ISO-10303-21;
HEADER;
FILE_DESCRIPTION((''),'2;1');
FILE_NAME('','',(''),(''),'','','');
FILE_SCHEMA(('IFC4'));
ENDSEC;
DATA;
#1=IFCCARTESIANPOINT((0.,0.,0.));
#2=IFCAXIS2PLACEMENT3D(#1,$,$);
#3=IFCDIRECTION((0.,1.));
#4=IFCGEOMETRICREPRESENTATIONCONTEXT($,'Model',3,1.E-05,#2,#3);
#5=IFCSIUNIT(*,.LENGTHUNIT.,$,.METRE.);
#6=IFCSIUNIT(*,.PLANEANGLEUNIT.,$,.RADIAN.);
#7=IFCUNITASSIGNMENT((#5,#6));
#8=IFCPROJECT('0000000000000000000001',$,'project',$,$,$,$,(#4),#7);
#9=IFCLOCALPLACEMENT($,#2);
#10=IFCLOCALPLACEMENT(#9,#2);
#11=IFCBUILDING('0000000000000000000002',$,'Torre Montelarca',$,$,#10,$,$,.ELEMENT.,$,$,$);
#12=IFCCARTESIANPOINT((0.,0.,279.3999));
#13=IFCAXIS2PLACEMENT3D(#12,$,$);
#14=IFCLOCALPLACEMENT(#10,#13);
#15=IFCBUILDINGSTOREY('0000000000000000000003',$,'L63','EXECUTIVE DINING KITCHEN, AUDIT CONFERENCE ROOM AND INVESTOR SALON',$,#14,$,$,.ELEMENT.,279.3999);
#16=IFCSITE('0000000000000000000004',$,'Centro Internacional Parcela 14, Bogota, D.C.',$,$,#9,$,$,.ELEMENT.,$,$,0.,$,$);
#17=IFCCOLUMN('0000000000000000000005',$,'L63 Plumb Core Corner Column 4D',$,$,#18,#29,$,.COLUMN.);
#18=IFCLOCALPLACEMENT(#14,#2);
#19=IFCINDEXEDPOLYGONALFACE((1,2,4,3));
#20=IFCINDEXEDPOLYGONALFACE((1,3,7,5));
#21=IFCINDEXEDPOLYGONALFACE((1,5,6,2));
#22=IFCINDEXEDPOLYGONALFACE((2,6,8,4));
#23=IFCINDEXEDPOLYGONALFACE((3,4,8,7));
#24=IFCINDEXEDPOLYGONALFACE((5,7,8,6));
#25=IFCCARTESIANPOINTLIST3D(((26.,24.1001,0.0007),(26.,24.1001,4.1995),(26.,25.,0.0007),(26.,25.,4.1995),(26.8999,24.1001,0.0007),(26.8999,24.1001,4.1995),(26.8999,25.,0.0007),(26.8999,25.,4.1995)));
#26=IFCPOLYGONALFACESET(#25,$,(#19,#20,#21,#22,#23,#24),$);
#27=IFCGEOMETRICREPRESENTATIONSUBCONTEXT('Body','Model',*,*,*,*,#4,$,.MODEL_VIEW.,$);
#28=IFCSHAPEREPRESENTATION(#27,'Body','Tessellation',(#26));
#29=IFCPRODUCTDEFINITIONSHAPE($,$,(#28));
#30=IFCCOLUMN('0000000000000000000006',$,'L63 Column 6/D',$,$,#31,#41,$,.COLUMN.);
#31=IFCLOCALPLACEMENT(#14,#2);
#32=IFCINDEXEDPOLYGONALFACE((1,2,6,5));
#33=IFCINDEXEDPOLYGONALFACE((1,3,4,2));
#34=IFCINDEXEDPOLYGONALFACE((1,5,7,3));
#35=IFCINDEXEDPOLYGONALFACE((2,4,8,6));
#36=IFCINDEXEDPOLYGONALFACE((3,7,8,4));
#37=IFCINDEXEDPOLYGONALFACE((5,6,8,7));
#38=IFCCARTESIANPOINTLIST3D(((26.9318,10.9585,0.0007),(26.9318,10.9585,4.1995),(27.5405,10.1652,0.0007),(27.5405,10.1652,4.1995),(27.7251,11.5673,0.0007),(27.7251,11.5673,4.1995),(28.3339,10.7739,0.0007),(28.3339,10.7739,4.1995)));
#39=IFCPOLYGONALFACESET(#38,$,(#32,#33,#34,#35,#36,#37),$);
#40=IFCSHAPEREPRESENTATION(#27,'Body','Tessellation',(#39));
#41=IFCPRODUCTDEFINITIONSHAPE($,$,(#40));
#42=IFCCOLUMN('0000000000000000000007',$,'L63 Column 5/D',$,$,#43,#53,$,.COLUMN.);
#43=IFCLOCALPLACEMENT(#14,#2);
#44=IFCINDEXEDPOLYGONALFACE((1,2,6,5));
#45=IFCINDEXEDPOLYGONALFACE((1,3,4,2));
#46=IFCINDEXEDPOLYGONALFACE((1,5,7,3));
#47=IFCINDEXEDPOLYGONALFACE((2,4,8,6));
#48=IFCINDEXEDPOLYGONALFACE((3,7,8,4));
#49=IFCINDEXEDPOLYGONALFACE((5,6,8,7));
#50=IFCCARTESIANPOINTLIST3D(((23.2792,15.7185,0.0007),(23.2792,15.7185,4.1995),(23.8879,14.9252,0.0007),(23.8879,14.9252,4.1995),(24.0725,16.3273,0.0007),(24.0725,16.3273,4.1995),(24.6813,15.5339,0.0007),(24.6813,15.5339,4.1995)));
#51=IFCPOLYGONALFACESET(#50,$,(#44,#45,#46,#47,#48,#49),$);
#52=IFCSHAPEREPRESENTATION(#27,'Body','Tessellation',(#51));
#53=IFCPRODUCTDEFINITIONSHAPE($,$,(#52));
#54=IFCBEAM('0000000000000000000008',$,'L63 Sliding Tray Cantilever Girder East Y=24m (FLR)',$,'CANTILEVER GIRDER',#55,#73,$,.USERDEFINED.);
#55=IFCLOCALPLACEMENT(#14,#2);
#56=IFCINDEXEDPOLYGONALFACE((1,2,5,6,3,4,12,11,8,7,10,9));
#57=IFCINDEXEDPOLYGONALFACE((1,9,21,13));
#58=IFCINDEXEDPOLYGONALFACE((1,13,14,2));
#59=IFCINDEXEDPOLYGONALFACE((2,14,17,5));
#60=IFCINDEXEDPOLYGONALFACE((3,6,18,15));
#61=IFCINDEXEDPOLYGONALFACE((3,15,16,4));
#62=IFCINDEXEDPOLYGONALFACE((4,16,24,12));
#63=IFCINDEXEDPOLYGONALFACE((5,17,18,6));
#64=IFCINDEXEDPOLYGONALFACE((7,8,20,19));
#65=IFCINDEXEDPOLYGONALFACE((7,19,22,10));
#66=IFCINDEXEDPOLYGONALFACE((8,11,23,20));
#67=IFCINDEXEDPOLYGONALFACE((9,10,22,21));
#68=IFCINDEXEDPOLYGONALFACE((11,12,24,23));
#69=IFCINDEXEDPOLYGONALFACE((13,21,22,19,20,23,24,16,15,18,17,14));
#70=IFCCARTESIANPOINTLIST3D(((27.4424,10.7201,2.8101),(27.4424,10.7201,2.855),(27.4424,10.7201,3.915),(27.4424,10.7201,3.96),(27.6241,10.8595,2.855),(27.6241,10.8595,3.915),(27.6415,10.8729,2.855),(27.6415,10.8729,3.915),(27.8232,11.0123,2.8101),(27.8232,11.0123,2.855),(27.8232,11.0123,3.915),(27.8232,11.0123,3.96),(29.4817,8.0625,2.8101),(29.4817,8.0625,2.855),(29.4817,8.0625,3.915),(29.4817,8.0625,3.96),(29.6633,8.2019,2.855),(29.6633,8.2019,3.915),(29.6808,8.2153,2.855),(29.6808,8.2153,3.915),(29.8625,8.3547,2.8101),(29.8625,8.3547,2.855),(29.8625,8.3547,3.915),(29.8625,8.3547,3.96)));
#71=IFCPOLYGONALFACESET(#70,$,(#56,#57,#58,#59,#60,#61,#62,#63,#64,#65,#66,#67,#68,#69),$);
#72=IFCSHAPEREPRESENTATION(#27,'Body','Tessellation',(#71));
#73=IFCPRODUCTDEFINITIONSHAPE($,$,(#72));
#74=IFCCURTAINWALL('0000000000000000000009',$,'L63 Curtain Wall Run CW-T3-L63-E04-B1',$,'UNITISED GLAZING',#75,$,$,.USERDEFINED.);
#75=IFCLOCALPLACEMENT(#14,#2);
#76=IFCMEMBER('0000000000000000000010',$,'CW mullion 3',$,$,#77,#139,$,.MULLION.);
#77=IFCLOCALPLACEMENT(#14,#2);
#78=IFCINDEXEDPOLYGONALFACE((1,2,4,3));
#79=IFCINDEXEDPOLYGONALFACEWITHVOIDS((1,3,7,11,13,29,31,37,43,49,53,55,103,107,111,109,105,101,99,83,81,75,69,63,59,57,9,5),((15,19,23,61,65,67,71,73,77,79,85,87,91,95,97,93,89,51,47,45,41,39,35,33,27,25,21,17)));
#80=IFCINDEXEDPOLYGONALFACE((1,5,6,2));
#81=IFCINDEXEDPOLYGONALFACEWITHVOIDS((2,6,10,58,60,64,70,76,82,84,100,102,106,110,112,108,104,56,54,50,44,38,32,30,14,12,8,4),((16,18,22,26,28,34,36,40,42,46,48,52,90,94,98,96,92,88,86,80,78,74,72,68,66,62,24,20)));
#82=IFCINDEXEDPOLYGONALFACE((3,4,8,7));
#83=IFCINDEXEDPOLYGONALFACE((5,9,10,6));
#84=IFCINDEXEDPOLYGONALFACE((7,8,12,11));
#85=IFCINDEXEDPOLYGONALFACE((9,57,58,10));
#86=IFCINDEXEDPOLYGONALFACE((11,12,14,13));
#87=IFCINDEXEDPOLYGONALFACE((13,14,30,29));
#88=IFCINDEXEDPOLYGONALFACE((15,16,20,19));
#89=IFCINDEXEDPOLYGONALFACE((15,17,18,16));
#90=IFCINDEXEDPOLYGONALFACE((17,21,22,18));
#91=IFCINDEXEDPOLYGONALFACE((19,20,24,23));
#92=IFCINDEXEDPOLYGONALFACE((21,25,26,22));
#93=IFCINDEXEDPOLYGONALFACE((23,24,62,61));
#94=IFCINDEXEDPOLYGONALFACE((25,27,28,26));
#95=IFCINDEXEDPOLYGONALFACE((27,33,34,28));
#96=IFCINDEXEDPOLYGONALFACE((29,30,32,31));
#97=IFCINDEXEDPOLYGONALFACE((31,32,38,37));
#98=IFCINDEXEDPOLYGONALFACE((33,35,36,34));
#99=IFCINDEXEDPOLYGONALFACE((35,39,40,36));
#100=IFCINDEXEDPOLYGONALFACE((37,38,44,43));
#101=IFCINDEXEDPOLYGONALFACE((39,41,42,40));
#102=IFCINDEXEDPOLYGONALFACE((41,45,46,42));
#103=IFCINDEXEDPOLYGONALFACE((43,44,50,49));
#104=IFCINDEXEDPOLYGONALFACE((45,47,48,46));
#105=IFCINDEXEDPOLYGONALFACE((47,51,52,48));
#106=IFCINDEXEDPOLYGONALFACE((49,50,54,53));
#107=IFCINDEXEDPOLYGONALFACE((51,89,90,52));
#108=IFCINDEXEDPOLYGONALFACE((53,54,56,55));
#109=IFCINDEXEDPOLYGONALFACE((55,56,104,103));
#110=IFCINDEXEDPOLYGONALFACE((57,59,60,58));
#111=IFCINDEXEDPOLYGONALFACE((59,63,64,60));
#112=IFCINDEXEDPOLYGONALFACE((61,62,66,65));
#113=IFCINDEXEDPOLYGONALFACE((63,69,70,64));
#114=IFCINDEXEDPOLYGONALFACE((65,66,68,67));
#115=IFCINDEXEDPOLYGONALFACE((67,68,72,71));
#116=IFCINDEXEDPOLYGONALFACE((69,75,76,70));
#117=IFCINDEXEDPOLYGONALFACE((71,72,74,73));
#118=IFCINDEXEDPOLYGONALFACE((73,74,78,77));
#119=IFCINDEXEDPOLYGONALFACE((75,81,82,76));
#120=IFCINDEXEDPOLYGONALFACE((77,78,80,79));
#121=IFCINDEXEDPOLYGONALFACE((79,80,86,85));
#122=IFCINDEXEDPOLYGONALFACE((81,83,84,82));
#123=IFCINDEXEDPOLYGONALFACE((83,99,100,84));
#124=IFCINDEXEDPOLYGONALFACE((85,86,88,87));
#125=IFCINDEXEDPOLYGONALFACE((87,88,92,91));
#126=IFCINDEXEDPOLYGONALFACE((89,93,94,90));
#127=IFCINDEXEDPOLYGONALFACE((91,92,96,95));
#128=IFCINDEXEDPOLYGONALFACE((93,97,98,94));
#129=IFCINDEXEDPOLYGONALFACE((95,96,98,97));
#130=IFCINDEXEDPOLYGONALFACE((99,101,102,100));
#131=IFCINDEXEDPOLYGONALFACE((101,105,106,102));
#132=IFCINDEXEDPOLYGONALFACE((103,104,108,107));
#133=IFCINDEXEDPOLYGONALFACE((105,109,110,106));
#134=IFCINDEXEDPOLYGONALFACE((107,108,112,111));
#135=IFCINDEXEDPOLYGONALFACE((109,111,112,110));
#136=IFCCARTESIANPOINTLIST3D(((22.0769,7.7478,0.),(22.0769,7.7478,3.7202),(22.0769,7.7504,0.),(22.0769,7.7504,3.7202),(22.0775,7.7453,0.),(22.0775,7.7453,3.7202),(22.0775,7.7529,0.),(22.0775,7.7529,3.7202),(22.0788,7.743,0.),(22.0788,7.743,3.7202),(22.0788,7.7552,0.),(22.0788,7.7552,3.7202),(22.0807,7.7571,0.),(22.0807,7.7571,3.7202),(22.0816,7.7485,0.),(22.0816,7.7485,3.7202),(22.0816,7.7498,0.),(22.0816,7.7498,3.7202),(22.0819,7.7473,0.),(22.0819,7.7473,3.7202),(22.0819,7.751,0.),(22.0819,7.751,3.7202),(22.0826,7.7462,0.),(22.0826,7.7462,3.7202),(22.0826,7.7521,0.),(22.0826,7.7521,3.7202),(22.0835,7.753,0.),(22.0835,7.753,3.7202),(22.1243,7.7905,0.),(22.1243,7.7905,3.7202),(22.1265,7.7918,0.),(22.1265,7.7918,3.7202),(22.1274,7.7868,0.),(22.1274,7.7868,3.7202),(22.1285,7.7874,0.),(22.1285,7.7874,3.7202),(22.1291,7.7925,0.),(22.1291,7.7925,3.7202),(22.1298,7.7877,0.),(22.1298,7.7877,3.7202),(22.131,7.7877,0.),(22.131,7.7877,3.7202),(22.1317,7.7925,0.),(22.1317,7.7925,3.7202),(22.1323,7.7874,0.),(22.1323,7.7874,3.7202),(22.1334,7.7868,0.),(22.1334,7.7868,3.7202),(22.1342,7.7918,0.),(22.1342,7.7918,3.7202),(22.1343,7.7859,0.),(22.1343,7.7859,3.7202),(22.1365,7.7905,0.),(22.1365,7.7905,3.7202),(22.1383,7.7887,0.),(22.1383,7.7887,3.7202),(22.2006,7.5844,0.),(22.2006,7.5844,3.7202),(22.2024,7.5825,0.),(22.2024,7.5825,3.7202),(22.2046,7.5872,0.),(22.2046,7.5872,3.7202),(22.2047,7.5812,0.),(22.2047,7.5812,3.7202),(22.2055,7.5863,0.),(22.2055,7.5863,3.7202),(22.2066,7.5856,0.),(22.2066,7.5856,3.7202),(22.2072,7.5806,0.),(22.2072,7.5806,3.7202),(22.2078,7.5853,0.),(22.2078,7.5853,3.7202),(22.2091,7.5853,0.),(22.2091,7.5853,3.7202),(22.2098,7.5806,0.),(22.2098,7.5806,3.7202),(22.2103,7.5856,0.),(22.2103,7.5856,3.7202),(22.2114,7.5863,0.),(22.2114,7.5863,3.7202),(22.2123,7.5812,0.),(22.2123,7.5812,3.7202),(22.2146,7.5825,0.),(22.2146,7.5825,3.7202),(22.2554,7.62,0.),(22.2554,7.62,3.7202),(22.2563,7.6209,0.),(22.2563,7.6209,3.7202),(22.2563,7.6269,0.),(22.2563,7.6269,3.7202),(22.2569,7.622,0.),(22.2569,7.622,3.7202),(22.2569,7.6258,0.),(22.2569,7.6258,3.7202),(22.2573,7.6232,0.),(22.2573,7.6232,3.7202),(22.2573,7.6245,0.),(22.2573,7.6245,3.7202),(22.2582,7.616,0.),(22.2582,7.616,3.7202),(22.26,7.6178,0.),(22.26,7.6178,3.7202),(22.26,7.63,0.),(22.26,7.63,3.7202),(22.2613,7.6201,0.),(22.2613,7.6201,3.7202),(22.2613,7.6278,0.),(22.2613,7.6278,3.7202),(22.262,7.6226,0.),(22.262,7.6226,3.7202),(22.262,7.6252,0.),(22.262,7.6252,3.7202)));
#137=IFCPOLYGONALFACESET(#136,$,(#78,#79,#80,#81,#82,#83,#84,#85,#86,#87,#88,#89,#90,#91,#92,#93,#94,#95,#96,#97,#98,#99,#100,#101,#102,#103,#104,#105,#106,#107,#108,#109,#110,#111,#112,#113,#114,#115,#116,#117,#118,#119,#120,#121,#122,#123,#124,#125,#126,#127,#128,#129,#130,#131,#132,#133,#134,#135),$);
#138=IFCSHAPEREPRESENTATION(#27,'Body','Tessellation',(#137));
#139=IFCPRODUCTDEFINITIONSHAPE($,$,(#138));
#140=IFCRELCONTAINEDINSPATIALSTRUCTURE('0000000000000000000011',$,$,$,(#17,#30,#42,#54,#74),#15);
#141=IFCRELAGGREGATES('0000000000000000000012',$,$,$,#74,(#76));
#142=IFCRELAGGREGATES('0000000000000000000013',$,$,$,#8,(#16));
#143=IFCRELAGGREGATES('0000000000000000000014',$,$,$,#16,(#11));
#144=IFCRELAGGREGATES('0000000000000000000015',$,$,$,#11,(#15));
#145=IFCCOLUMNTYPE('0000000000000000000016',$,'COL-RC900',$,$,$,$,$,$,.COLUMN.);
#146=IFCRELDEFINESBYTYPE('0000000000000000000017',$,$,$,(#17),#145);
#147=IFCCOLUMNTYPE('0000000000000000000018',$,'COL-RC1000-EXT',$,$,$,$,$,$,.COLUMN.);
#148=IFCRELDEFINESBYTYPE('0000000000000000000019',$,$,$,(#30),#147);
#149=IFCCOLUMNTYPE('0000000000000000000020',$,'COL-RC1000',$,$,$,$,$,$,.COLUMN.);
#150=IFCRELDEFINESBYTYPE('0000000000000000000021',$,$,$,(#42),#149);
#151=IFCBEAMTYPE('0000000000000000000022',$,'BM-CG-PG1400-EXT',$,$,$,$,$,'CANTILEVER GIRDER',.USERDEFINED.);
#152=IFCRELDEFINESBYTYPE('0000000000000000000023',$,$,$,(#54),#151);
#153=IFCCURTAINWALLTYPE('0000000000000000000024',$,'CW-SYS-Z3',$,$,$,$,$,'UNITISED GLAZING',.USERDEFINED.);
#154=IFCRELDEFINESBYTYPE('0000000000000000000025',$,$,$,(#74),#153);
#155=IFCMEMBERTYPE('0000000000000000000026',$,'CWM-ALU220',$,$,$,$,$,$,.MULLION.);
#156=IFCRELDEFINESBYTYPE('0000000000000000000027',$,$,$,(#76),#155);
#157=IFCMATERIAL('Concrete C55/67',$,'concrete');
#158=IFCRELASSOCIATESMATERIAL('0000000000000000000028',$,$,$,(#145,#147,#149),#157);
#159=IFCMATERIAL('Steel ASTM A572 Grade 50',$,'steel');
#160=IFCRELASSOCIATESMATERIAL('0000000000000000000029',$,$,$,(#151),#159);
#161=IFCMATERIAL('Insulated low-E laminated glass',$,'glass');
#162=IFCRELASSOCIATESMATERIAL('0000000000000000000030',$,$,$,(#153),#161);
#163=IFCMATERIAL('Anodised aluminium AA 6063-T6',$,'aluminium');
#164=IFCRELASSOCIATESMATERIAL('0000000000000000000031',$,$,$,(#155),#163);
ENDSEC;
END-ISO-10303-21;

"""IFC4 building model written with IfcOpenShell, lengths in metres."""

from ifc_helpers import new_model, si_unit, direction, frame, origin, origin_2d, place, context, subcontext, project, spatial, rectangle, hollow_rectangle, i_section, extrude, source, transform, mapped, material, material_profile, profile_set, type_object, element, aggregate, save


model = new_model("IFC4")

# Units and contexts
model_context = context("Model", 3, precision=1e-05, world=origin(), true_north=direction((0.0, 1.0)))
body_context = subcontext(model_context, "Body", "Model", "MODEL_VIEW")
ifc_project = project(units=[si_unit("LENGTHUNIT", "METRE"), si_unit("PLANEANGLEUNIT", "RADIAN")], contexts=[model_context])

# Site, building, storey
site_placement = place(None, origin())
site = spatial("IfcSite", under=ifc_project, at=site_placement, Name="Centro Internacional Parcela 14, Bogota, D.C.", CompositionType="ELEMENT", RefElevation=0.0)
building_placement = place(site_placement, origin())
building = spatial("IfcBuilding", under=site, at=building_placement, Name="Torre Montelarca", CompositionType="ELEMENT")
storey_placement = place(building_placement, frame((0.0, 0.0, 279.3999)))
storey = spatial("IfcBuildingStorey", under=building, at=storey_placement, Name="L63", Description="EXECUTIVE DINING KITCHEN, AUDIT CONFERENCE ROOM AND INVESTOR SALON", CompositionType="ELEMENT", Elevation=279.3999)

# Columns
ifc_material_1 = material(Name="Concrete C55/67", Category="concrete")
ifc_material_profile_1 = material_profile(ifc_material_1, rectangle(XDim=0.8999, YDim=0.8999, at=origin_2d()), Name="RC900X900", Category="concrete")
ifc_profile_set_1 = profile_set([ifc_material_profile_1], Name="Concrete C55/67")
column_type_1 = type_object("IfcColumnType", Name="COL-RC900", PredefinedType="COLUMN", material=ifc_profile_set_1)
shared_shape_1 = source(origin(), body_context, "Body", "SweptSolid", [
    extrude(rectangle(XDim=0.8999, YDim=0.8999, at=origin_2d()), origin(), (0.0, 0.0, 1.0), 4.1987),
])
column_1_placement = place(storey_placement, frame((26.45, 24.55, 0.0007), z_axis=(0.0, 0.0, 1.0), x_axis=(1.0, 0.0, 0.0)))
element("IfcColumn", 1, at=column_1_placement, inside=storey, type_object=column_type_1, Name="L63 Plumb Core Corner Column 4D", PredefinedType="COLUMN", context=body_context, shape_type="MappedRepresentation", body=[
    mapped(shared_shape_1, transform((0.0, 0.0, 0.0), scale=1.0)),
])
ifc_material_profile_2 = material_profile(ifc_material_1, rectangle(XDim=1.0, YDim=1.0, at=origin_2d()), Name="RC1000X1000", Category="concrete")
ifc_profile_set_2 = profile_set([ifc_material_profile_2], Name="Concrete C55/67")
column_type_2 = type_object("IfcColumnType", Name="COL-RC1000-EXT", PredefinedType="COLUMN", material=ifc_profile_set_2)
shared_shape_2 = source(origin(), body_context, "Body", "SweptSolid", [
    extrude(rectangle(XDim=1.0, YDim=1.0, at=origin_2d()), origin(), (0.0, 0.0, 1.0), 4.1987),
])
column_2_placement = place(storey_placement, frame((27.6328, 10.8662, 0.0007), z_axis=(0.0, 0.0, 1.0), x_axis=(-0.608761, 0.793353, 0.0)))
element("IfcColumn", 2, at=column_2_placement, inside=storey, type_object=column_type_2, Name="L63 Column 6/D", PredefinedType="COLUMN", context=body_context, shape_type="MappedRepresentation", body=[
    mapped(shared_shape_2, transform((0.0, 0.0, 0.0), scale=1.0)),
])
ifc_material_profile_3 = material_profile(ifc_material_1, rectangle(XDim=1.0, YDim=1.0, at=origin_2d()), Name="RC1000X1000", Category="concrete")
ifc_profile_set_3 = profile_set([ifc_material_profile_3], Name="Concrete C55/67")
column_type_3 = type_object("IfcColumnType", Name="COL-RC1000", PredefinedType="COLUMN", material=ifc_profile_set_3)
shared_shape_3 = source(origin(), body_context, "Body", "SweptSolid", [
    extrude(rectangle(XDim=1.0, YDim=1.0, at=origin_2d()), origin(), (0.0, 0.0, 1.0), 4.1987),
])
column_3_placement = place(storey_placement, frame((23.9802, 15.6262, 0.0007), z_axis=(0.0, 0.0, 1.0), x_axis=(-0.608761, 0.793353, 0.0)))
element("IfcColumn", 3, at=column_3_placement, inside=storey, type_object=column_type_3, Name="L63 Column 5/D", PredefinedType="COLUMN", context=body_context, shape_type="MappedRepresentation", body=[
    mapped(shared_shape_3, transform((0.0, 0.0, 0.0), scale=1.0)),
])

# Beam
ifc_material_2 = material(Name="Steel ASTM A572 Grade 50", Category="steel")
ifc_material_profile_4 = material_profile(ifc_material_2, i_section(OverallWidth=0.48, OverallDepth=1.1499, WebThickness=0.022, FlangeThickness=0.0449, at=origin_2d()), Name="PG1150X480X22X45", Category="steel")
ifc_profile_set_4 = profile_set([ifc_material_profile_4], Name="Steel ASTM A572 Grade 50")
beam_type = type_object("IfcBeamType", Name="BM-CG-PG1400-EXT", ElementType="CANTILEVER GIRDER", PredefinedType="USERDEFINED", material=ifc_profile_set_4)
shared_shape_4 = source(origin(), body_context, "Body", "SweptSolid", [
    extrude(i_section(OverallWidth=0.48, OverallDepth=1.1499, WebThickness=0.022, FlangeThickness=0.0449, at=origin_2d()), origin(), (0.0, 0.0, 1.0), 3.3499),
])
beam_placement = place(storey_placement, frame((27.6328, 10.8662, 3.385), z_axis=(0.608756, -0.793358, 0.0), x_axis=(0.793358, 0.608756, 0.0)))
element("IfcBeam", 4, at=beam_placement, inside=storey, type_object=beam_type, Name="L63 Sliding Tray Cantilever Girder East Y=24m (FLR)", ObjectType="CANTILEVER GIRDER", PredefinedType="USERDEFINED", context=body_context, shape_type="MappedRepresentation", body=[
    mapped(shared_shape_4, transform((0.0, 0.0, 0.0), scale=1.0)),
])

# Curtain wall, member
ifc_material_3 = material(Name="Insulated low-E laminated glass", Category="glass")
curtain_wall_type = type_object("IfcCurtainWallType", Name="CW-SYS-Z3", ElementType="UNITISED GLAZING", PredefinedType="USERDEFINED", material=ifc_material_3)
curtain_wall_1_placement = place(storey_placement, origin())
curtain_wall_1 = element("IfcCurtainWall", 5, at=curtain_wall_1_placement, inside=storey, type_object=curtain_wall_type, Name="L63 Curtain Wall Run CW-T3-L63-E04-B1", ObjectType="UNITISED GLAZING", PredefinedType="USERDEFINED")
ifc_material_4 = material(Name="Anodised aluminium AA 6063-T6", Category="aluminium")
ifc_material_profile_5 = material_profile(ifc_material_4, hollow_rectangle(XDim=0.075, YDim=0.22, WallThickness=0.0049, InnerFilletRadius=0.0049, OuterFilletRadius=0.01, at=origin_2d()), Name="ALU75X220X5", Category="aluminium")
ifc_profile_set_5 = profile_set([ifc_material_profile_5], Name="Anodised aluminium AA 6063-T6")
member_type_1 = type_object("IfcMemberType", Name="CWM-ALU220", PredefinedType="MULLION", material=ifc_profile_set_5)
shared_shape_5 = source(origin(), body_context, "Body", "SweptSolid", [
    extrude(hollow_rectangle(XDim=0.075, YDim=0.22, WallThickness=0.0049, InnerFilletRadius=0.0049, OuterFilletRadius=0.01, at=origin_2d()), origin(), (0.0, 0.0, 1.0), 3.7202),
])
member_1_placement = place(storey_placement, frame((22.1694, 7.6865, 0.0), z_axis=(0.0, 0.0, 1.0), x_axis=(0.793353, 0.608762, 0.0)))
member_1 = element("IfcMember", 6, at=member_1_placement, type_object=member_type_1, Name="CW mullion 3", PredefinedType="MULLION", context=body_context, shape_type="MappedRepresentation", body=[
    mapped(shared_shape_5, transform((0.0, 0.0, 0.0), scale=1.0)),
])

aggregate(curtain_wall_1, [member_1])

save(model, "model.ifc")
